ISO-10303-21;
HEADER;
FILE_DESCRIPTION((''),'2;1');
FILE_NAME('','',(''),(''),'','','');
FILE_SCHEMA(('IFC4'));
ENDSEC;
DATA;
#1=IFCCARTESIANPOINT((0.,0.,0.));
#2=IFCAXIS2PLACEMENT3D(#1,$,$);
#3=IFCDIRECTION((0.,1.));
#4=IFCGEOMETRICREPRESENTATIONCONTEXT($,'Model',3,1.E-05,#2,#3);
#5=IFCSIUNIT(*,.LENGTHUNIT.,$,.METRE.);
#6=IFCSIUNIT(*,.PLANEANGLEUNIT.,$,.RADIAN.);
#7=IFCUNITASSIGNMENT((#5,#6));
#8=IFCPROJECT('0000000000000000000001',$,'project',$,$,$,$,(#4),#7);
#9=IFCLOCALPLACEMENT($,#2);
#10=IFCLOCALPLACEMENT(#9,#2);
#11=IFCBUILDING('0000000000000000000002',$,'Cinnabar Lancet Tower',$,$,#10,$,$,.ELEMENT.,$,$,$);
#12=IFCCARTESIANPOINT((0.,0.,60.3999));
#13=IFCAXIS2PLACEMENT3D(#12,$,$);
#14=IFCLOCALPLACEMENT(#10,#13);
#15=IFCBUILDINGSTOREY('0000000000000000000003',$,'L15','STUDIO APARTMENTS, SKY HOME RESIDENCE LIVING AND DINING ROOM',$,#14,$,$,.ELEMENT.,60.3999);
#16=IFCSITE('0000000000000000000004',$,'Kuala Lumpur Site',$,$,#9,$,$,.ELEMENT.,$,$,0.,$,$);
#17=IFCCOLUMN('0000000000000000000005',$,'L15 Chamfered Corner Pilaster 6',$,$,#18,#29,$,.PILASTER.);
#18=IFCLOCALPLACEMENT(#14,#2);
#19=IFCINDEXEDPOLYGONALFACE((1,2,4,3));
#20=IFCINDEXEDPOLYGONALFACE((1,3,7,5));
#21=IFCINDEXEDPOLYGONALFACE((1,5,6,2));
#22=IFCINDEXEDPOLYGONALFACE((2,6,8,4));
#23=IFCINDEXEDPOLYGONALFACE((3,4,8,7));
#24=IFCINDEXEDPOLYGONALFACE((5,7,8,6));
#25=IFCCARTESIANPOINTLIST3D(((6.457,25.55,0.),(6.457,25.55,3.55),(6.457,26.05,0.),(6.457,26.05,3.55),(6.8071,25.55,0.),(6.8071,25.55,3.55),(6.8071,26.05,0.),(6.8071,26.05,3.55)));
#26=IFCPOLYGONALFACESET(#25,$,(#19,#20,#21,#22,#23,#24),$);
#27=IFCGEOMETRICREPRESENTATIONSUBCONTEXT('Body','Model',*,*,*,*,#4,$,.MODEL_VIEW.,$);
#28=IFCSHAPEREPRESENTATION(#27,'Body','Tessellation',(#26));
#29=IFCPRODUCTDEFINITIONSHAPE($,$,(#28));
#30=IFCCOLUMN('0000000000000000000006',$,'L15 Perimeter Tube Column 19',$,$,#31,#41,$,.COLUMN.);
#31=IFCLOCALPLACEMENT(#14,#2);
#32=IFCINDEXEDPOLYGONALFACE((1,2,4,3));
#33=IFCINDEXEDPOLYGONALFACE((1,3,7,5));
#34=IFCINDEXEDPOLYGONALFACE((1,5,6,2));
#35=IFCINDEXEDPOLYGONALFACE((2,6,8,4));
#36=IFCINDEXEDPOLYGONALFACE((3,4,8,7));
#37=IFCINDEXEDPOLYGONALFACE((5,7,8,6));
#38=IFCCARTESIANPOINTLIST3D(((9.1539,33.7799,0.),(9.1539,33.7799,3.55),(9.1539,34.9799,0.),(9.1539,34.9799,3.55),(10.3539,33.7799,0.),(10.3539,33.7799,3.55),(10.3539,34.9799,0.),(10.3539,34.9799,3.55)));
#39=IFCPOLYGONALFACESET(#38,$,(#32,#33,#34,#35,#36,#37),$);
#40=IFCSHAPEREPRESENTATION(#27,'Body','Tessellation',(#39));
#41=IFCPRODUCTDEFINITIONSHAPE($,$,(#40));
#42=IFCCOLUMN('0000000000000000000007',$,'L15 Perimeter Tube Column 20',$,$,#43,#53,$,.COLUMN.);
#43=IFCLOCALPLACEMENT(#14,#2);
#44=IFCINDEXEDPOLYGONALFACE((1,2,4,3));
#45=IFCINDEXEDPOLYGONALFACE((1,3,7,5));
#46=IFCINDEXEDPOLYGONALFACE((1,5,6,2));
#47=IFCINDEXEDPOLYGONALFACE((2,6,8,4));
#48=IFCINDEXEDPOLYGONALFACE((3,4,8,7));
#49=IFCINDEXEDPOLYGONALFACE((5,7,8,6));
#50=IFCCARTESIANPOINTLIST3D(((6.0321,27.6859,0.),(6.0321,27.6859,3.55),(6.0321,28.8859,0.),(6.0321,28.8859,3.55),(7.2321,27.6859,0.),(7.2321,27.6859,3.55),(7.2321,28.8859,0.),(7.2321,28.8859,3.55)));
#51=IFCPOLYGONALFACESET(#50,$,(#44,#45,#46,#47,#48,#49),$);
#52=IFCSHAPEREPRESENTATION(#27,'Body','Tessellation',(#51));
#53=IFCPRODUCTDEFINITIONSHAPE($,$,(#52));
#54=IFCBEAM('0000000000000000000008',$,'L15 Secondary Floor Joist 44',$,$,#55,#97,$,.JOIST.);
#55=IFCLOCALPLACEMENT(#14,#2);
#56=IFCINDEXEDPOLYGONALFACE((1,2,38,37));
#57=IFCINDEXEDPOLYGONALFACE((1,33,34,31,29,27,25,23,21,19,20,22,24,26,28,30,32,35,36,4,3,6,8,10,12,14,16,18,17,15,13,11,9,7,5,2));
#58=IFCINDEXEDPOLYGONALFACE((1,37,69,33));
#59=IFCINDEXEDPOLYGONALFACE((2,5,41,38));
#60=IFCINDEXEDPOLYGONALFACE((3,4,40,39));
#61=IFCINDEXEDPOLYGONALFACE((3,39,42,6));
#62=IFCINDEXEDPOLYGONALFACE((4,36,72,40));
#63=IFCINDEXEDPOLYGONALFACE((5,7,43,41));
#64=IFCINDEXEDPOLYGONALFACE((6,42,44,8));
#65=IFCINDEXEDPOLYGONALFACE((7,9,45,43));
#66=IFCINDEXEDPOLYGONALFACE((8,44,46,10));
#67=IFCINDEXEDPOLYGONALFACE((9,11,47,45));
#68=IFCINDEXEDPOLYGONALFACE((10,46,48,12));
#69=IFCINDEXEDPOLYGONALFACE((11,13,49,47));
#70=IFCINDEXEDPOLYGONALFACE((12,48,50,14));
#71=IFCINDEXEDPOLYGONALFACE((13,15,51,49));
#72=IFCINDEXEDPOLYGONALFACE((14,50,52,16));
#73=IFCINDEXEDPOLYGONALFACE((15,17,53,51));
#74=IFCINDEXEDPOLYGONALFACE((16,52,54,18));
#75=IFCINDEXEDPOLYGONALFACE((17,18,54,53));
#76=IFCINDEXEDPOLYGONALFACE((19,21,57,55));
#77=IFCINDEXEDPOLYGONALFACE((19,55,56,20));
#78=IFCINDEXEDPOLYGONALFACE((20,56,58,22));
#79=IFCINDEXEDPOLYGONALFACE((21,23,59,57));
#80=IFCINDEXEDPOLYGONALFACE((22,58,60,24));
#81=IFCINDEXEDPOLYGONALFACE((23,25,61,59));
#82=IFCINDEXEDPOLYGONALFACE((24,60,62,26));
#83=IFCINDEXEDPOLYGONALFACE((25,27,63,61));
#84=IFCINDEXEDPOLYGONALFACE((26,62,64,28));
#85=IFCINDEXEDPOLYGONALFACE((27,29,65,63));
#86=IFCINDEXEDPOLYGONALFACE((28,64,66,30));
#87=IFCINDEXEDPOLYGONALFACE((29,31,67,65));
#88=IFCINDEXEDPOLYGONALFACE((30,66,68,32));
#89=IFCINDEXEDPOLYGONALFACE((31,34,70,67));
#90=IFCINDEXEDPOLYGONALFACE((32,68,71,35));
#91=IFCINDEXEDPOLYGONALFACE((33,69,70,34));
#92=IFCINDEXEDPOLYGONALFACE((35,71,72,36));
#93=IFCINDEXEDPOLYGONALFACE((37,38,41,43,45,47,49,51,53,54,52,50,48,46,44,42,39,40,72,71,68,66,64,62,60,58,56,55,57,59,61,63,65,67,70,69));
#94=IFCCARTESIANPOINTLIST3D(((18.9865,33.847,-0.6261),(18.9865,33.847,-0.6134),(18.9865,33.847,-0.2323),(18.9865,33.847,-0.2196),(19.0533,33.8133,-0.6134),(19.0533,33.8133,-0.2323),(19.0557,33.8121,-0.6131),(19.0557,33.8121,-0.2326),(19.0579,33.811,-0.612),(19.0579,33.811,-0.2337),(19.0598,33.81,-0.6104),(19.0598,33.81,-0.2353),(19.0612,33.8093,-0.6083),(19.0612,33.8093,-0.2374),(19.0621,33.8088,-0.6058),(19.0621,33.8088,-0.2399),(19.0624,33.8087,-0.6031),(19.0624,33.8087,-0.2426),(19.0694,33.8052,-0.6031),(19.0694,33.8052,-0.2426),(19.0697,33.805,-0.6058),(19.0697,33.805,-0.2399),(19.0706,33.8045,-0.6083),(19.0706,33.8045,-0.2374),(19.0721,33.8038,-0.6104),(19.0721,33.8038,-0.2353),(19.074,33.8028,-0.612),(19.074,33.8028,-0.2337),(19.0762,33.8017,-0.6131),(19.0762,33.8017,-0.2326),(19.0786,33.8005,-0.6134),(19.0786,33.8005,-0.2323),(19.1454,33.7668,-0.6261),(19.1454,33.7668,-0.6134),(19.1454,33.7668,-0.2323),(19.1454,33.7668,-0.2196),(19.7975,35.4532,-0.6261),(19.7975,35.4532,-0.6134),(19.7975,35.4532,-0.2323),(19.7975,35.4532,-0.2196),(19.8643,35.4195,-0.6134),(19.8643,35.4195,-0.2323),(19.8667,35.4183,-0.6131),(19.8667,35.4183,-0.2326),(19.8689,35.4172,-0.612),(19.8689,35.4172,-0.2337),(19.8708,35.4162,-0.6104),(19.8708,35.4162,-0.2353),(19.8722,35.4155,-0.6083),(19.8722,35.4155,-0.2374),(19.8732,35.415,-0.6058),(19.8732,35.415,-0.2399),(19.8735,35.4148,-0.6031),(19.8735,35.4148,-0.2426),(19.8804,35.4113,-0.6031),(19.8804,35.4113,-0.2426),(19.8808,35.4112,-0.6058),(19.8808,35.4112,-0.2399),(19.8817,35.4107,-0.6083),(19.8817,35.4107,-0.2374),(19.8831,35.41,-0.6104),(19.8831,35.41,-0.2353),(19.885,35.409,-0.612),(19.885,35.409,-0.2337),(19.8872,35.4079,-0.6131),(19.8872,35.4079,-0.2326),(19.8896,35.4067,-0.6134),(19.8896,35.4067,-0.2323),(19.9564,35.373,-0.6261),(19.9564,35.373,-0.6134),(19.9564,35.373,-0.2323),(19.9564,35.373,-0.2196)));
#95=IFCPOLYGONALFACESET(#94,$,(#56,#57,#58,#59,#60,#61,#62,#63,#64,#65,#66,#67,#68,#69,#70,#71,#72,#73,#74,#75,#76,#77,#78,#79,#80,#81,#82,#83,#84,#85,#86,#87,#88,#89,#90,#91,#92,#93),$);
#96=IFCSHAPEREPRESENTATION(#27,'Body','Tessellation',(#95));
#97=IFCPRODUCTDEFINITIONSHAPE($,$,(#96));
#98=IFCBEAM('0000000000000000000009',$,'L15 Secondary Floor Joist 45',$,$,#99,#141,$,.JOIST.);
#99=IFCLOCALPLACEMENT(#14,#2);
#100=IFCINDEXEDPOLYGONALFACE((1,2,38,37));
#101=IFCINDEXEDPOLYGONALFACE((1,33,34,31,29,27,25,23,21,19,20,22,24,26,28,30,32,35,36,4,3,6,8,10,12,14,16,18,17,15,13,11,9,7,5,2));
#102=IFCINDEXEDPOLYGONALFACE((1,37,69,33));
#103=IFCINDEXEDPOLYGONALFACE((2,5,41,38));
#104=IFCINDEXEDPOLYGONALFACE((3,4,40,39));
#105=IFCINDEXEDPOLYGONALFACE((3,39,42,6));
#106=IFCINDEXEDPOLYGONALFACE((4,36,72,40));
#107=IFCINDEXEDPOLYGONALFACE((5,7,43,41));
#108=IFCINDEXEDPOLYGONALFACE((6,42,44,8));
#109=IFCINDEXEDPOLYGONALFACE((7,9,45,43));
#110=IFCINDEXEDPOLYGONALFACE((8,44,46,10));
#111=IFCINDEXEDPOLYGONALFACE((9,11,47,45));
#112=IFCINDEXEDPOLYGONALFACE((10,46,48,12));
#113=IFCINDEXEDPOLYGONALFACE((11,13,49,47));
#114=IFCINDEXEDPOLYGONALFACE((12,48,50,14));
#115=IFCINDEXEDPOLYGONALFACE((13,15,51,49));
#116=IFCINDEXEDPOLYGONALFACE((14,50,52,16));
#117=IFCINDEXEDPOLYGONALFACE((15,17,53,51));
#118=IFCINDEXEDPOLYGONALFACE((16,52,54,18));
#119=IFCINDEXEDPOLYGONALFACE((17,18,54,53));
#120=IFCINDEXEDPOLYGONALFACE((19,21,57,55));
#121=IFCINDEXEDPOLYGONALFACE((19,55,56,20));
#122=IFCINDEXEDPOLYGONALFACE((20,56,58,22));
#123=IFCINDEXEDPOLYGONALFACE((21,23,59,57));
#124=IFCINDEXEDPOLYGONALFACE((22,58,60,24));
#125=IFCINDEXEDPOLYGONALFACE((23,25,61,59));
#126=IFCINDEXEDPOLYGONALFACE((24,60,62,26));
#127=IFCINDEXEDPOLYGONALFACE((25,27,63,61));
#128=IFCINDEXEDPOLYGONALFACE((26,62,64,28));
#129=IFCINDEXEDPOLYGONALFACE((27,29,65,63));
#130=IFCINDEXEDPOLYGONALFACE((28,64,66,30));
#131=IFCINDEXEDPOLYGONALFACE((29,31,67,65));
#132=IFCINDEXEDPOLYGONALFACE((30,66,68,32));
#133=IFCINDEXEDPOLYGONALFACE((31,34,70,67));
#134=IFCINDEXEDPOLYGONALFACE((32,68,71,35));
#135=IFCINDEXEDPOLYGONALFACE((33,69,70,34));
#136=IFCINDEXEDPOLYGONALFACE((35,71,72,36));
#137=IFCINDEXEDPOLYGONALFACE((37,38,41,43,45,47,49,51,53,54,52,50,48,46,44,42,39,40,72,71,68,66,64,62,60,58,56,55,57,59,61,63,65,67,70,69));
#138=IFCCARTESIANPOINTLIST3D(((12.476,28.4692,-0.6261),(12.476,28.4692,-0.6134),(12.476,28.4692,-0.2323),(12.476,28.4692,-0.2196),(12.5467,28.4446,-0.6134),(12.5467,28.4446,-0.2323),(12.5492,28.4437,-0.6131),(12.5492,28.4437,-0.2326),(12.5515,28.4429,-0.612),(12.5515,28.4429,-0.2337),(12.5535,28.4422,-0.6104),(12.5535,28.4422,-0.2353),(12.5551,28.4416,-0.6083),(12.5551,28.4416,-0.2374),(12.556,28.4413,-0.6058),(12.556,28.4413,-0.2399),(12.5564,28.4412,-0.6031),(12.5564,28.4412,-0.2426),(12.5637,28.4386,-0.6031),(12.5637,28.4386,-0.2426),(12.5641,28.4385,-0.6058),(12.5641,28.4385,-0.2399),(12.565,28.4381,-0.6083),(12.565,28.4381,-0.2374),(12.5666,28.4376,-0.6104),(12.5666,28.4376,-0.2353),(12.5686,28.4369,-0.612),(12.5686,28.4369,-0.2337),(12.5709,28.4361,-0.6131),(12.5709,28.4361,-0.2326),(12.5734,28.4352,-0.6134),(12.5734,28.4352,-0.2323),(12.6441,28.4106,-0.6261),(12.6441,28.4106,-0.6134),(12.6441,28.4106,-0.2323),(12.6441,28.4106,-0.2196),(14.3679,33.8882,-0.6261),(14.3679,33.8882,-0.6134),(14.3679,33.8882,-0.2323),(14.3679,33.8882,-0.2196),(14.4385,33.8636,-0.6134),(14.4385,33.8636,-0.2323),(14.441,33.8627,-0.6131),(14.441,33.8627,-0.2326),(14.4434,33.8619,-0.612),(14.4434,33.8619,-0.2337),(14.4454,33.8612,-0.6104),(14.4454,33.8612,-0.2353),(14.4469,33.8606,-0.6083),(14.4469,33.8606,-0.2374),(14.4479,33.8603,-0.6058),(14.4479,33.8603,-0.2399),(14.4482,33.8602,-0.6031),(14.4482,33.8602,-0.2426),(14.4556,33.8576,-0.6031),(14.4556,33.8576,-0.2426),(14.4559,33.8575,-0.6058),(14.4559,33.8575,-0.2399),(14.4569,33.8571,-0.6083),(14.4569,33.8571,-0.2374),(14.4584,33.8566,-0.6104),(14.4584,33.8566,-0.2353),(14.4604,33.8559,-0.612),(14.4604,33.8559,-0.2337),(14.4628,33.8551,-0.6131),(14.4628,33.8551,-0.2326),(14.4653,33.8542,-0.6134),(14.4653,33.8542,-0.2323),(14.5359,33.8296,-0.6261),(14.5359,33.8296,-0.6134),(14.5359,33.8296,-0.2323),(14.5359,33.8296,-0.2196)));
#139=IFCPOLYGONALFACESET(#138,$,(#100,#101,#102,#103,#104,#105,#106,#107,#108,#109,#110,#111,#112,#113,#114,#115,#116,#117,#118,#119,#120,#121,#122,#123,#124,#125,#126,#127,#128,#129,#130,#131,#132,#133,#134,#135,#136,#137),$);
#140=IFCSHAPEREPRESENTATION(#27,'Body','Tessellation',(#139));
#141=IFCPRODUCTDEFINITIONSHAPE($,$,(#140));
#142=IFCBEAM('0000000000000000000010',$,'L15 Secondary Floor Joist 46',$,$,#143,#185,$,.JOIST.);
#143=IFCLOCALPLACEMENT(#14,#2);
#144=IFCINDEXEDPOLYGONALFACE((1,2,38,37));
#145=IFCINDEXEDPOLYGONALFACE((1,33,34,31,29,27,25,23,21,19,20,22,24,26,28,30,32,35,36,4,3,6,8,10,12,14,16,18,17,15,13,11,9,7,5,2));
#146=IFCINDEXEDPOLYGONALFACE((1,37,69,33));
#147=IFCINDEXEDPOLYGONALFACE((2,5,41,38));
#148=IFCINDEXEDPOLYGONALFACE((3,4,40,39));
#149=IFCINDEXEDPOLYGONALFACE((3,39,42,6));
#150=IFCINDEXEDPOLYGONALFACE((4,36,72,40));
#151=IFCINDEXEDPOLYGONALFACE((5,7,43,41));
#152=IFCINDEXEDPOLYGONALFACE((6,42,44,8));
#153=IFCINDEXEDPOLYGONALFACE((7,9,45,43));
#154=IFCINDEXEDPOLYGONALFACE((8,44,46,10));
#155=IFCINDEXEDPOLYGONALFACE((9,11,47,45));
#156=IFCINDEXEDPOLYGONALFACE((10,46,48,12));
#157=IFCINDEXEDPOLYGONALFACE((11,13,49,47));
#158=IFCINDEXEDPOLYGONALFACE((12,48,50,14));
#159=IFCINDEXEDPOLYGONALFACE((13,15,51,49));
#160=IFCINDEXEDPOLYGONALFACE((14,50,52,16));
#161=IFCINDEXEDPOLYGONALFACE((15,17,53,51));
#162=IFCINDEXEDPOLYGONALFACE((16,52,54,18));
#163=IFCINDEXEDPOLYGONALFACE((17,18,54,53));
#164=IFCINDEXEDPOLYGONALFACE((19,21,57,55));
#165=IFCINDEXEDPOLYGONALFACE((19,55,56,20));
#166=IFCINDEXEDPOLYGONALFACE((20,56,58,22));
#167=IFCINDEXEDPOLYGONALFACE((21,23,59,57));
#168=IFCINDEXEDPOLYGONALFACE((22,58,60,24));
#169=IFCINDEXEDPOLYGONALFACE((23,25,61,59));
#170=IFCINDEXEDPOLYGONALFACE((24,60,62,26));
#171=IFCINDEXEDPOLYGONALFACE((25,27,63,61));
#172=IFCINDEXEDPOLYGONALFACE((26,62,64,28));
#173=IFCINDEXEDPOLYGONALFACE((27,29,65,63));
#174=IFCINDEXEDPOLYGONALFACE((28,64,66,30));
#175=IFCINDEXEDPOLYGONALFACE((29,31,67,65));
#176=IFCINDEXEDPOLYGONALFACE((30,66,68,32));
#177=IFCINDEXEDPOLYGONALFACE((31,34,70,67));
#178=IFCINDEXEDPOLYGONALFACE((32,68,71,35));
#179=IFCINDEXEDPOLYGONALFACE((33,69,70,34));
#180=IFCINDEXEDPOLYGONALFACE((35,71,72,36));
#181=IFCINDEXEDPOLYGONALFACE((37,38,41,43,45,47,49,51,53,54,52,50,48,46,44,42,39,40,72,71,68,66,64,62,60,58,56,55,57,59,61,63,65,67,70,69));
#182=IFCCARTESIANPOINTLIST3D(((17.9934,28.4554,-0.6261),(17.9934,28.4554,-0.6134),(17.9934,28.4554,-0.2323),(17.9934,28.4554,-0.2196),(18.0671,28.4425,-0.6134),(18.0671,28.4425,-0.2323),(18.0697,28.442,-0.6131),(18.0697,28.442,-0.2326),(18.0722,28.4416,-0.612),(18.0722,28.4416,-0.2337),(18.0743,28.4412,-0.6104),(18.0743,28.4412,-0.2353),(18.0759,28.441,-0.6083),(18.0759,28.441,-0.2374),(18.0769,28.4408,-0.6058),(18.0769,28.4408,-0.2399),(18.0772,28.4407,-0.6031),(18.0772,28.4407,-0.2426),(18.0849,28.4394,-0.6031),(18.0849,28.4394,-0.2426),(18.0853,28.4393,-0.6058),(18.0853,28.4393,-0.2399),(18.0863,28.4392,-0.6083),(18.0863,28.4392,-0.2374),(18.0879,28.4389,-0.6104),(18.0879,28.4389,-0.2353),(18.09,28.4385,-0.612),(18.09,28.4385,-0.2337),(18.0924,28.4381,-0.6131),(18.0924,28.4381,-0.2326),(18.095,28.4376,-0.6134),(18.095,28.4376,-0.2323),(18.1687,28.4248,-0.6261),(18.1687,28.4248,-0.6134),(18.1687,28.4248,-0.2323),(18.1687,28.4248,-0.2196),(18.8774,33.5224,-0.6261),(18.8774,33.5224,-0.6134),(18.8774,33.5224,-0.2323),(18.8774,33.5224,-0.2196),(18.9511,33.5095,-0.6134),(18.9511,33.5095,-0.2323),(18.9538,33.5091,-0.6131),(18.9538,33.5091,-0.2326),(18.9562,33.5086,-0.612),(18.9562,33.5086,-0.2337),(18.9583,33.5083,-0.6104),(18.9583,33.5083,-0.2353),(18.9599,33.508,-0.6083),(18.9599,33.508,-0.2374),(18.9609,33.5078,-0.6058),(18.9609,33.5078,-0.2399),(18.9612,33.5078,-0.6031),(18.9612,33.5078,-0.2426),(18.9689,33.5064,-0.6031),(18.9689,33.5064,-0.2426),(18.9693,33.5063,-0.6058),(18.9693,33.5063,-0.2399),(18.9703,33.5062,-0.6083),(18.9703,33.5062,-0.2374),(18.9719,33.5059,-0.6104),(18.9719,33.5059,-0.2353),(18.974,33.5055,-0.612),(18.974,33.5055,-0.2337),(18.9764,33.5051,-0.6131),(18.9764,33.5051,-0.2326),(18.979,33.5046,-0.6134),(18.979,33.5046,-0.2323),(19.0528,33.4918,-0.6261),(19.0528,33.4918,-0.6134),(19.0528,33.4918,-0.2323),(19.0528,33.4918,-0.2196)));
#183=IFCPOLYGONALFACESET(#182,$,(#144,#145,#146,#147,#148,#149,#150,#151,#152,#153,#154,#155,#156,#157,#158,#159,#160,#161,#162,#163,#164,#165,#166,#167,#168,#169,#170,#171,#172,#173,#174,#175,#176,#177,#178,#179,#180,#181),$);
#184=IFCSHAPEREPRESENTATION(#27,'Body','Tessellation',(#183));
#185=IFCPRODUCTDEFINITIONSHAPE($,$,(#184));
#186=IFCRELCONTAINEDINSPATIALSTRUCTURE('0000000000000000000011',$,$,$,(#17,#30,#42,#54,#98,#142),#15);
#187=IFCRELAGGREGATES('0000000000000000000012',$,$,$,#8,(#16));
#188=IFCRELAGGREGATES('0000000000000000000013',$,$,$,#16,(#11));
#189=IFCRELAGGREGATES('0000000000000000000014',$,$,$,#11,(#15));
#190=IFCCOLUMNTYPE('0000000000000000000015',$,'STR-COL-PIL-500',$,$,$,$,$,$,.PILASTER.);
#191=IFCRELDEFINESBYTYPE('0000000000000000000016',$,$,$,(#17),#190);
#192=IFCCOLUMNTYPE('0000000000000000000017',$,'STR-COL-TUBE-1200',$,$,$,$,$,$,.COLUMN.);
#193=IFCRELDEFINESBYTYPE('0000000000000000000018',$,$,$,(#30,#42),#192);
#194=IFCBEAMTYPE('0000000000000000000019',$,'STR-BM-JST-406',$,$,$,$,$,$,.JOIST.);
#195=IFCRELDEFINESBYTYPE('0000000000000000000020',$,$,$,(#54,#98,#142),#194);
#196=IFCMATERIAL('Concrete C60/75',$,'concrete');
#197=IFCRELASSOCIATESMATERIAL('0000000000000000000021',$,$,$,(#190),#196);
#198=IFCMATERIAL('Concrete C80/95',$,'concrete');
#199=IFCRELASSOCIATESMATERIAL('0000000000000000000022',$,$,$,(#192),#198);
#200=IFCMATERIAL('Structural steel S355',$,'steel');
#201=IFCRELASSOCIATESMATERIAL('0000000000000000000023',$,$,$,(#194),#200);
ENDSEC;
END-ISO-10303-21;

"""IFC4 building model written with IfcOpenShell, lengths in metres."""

from ifc_helpers import new_model, si_unit, direction, frame, origin, origin_2d, place, context, subcontext, project, spatial, rectangle, i_section, extrude, material, material_profile, profile_set, type_object, element, save


model = new_model("IFC4")

# Units and contexts
model_context = context("Model", 3, precision=1e-05, world=origin(), true_north=direction((0.0, 1.0)))
body_context = subcontext(model_context, "Body", "Model", "MODEL_VIEW")
ifc_project = project(units=[si_unit("LENGTHUNIT", "METRE"), si_unit("PLANEANGLEUNIT", "RADIAN")], contexts=[model_context])

# Site, building, storey
site_placement = place(None, origin())
site = spatial("IfcSite", under=ifc_project, at=site_placement, Name="Kuala Lumpur Site", CompositionType="ELEMENT", RefElevation=0.0)
building_placement = place(site_placement, origin())
building = spatial("IfcBuilding", under=site, at=building_placement, Name="Cinnabar Lancet Tower", CompositionType="ELEMENT")
storey_placement = place(building_placement, frame((0.0, 0.0, 60.3999)))
storey = spatial("IfcBuildingStorey", under=building, at=storey_placement, Name="L15", Description="STUDIO APARTMENTS, SKY HOME RESIDENCE LIVING AND DINING ROOM", CompositionType="ELEMENT", Elevation=60.3999)

# Columns
ifc_material_1 = material(Name="Concrete C60/75", Category="concrete")
ifc_material_profile_1 = material_profile(ifc_material_1, rectangle(XDim=0.5, YDim=0.3501, at=origin_2d()), Name="RC-PIL 500x350")
ifc_profile_set_1 = profile_set([ifc_material_profile_1], Name="Concrete C60/75")
column_type_1 = type_object("IfcColumnType", Name="STR-COL-PIL-500", PredefinedType="PILASTER", material=ifc_profile_set_1)
column_placement = place(storey_placement, frame((6.6321, 25.8, 0.0), z_axis=(0.0, 0.0, 1.0), x_axis=(0.0, -1.0, 0.0)))
element("IfcColumn", 1, at=column_placement, inside=storey, type_object=column_type_1, Name="L15 Chamfered Corner Pilaster 6", PredefinedType="PILASTER", context=body_context, shape_type="SweptSolid", body=[
    extrude(rectangle(XDim=0.5, YDim=0.3501, at=origin_2d()), origin(), (0.0, 0.0, 1.0), 3.55),
])
ifc_material_2 = material(Name="Concrete C80/95", Category="concrete")
ifc_material_profile_2 = material_profile(ifc_material_2, rectangle(XDim=1.2, YDim=1.2, at=origin_2d()), Name="RC-COL 1200x1200")
ifc_profile_set_2 = profile_set([ifc_material_profile_2], Name="Concrete C80/95")
column_type_2 = type_object("IfcColumnType", Name="STR-COL-TUBE-1200", PredefinedType="COLUMN", material=ifc_profile_set_2)
for number, where, z_axis, x_axis, name in (
    (2, (9.7539, 34.3799, 0.0), (0.0, 0.0, 1.0), (1.0, 0.0, 0.0), "L15 Perimeter Tube Column 19"),
    (3, (6.6321, 28.2859, 0.0), (0.0, 0.0, 1.0), (1.0, 0.0, 0.0), "L15 Perimeter Tube Column 20"),
):
    element("IfcColumn", number, at=place(storey_placement, frame(where, z_axis=z_axis, x_axis=x_axis)), inside=storey, type_object=column_type_2, Name=name, PredefinedType="COLUMN", context=body_context, shape_type="SweptSolid", body=[
        extrude(rectangle(XDim=1.2, YDim=1.2, at=origin_2d()), origin(), (0.0, 0.0, 1.0), 3.55),
    ])

# Beams
ifc_material_3 = material(Name="Structural steel S355", Category="steel")
ifc_material_profile_3 = material_profile(ifc_material_3, i_section(OverallWidth=0.178, OverallDepth=0.4065, WebThickness=0.0078, FlangeThickness=0.0127, FilletRadius=0.0103, at=origin_2d()), Name="UKB 406x178x60")
ifc_profile_set_3 = profile_set([ifc_material_profile_3], Name="Structural steel S355")
beam_type_1 = type_object("IfcBeamType", Name="STR-BM-JST-406", PredefinedType="JOIST", material=ifc_profile_set_3)
beam_1_placement = place(storey_placement, frame((19.877, 35.4131, -0.4229), z_axis=(-0.450738, -0.892656, 0.0), x_axis=(0.892656, -0.450738, 0.0)))
element("IfcBeam", 4, at=beam_1_placement, inside=storey, type_object=beam_type_1, Name="L15 Secondary Floor Joist 44", PredefinedType="JOIST", context=body_context, shape_type="SweptSolid", body=[
    extrude(i_section(OverallWidth=0.178, OverallDepth=0.4065, WebThickness=0.0078, FlangeThickness=0.0127, FilletRadius=0.0103, at=origin_2d()), origin(), (0.0, 0.0, 1.0), 1.7993),
])
beam_2_placement = place(storey_placement, frame((14.4519, 33.8589, -0.4229), z_axis=(-0.329608, -0.944118, 0.0), x_axis=(0.944118, -0.329608, 0.0)))
element("IfcBeam", 5, at=beam_2_placement, inside=storey, type_object=beam_type_1, Name="L15 Secondary Floor Joist 45", PredefinedType="JOIST", context=body_context, shape_type="SweptSolid", body=[
    extrude(i_section(OverallWidth=0.178, OverallDepth=0.4065, WebThickness=0.0078, FlangeThickness=0.0127, FilletRadius=0.0103, at=origin_2d()), origin(), (0.0, 0.0, 1.0), 5.7397),
])
beam_3_placement = place(storey_placement, frame((18.9651, 33.5071, -0.4229), z_axis=(-0.171868, -0.98512, 0.0), x_axis=(0.98512, -0.171868, 0.0)))
element("IfcBeam", 6, at=beam_3_placement, inside=storey, type_object=beam_type_1, Name="L15 Secondary Floor Joist 46", PredefinedType="JOIST", context=body_context, shape_type="SweptSolid", body=[
    extrude(i_section(OverallWidth=0.178, OverallDepth=0.4065, WebThickness=0.0078, FlangeThickness=0.0127, FilletRadius=0.0103, at=origin_2d()), origin(), (0.0, 0.0, 1.0), 5.1436),
])

save(model, "model.ifc")
